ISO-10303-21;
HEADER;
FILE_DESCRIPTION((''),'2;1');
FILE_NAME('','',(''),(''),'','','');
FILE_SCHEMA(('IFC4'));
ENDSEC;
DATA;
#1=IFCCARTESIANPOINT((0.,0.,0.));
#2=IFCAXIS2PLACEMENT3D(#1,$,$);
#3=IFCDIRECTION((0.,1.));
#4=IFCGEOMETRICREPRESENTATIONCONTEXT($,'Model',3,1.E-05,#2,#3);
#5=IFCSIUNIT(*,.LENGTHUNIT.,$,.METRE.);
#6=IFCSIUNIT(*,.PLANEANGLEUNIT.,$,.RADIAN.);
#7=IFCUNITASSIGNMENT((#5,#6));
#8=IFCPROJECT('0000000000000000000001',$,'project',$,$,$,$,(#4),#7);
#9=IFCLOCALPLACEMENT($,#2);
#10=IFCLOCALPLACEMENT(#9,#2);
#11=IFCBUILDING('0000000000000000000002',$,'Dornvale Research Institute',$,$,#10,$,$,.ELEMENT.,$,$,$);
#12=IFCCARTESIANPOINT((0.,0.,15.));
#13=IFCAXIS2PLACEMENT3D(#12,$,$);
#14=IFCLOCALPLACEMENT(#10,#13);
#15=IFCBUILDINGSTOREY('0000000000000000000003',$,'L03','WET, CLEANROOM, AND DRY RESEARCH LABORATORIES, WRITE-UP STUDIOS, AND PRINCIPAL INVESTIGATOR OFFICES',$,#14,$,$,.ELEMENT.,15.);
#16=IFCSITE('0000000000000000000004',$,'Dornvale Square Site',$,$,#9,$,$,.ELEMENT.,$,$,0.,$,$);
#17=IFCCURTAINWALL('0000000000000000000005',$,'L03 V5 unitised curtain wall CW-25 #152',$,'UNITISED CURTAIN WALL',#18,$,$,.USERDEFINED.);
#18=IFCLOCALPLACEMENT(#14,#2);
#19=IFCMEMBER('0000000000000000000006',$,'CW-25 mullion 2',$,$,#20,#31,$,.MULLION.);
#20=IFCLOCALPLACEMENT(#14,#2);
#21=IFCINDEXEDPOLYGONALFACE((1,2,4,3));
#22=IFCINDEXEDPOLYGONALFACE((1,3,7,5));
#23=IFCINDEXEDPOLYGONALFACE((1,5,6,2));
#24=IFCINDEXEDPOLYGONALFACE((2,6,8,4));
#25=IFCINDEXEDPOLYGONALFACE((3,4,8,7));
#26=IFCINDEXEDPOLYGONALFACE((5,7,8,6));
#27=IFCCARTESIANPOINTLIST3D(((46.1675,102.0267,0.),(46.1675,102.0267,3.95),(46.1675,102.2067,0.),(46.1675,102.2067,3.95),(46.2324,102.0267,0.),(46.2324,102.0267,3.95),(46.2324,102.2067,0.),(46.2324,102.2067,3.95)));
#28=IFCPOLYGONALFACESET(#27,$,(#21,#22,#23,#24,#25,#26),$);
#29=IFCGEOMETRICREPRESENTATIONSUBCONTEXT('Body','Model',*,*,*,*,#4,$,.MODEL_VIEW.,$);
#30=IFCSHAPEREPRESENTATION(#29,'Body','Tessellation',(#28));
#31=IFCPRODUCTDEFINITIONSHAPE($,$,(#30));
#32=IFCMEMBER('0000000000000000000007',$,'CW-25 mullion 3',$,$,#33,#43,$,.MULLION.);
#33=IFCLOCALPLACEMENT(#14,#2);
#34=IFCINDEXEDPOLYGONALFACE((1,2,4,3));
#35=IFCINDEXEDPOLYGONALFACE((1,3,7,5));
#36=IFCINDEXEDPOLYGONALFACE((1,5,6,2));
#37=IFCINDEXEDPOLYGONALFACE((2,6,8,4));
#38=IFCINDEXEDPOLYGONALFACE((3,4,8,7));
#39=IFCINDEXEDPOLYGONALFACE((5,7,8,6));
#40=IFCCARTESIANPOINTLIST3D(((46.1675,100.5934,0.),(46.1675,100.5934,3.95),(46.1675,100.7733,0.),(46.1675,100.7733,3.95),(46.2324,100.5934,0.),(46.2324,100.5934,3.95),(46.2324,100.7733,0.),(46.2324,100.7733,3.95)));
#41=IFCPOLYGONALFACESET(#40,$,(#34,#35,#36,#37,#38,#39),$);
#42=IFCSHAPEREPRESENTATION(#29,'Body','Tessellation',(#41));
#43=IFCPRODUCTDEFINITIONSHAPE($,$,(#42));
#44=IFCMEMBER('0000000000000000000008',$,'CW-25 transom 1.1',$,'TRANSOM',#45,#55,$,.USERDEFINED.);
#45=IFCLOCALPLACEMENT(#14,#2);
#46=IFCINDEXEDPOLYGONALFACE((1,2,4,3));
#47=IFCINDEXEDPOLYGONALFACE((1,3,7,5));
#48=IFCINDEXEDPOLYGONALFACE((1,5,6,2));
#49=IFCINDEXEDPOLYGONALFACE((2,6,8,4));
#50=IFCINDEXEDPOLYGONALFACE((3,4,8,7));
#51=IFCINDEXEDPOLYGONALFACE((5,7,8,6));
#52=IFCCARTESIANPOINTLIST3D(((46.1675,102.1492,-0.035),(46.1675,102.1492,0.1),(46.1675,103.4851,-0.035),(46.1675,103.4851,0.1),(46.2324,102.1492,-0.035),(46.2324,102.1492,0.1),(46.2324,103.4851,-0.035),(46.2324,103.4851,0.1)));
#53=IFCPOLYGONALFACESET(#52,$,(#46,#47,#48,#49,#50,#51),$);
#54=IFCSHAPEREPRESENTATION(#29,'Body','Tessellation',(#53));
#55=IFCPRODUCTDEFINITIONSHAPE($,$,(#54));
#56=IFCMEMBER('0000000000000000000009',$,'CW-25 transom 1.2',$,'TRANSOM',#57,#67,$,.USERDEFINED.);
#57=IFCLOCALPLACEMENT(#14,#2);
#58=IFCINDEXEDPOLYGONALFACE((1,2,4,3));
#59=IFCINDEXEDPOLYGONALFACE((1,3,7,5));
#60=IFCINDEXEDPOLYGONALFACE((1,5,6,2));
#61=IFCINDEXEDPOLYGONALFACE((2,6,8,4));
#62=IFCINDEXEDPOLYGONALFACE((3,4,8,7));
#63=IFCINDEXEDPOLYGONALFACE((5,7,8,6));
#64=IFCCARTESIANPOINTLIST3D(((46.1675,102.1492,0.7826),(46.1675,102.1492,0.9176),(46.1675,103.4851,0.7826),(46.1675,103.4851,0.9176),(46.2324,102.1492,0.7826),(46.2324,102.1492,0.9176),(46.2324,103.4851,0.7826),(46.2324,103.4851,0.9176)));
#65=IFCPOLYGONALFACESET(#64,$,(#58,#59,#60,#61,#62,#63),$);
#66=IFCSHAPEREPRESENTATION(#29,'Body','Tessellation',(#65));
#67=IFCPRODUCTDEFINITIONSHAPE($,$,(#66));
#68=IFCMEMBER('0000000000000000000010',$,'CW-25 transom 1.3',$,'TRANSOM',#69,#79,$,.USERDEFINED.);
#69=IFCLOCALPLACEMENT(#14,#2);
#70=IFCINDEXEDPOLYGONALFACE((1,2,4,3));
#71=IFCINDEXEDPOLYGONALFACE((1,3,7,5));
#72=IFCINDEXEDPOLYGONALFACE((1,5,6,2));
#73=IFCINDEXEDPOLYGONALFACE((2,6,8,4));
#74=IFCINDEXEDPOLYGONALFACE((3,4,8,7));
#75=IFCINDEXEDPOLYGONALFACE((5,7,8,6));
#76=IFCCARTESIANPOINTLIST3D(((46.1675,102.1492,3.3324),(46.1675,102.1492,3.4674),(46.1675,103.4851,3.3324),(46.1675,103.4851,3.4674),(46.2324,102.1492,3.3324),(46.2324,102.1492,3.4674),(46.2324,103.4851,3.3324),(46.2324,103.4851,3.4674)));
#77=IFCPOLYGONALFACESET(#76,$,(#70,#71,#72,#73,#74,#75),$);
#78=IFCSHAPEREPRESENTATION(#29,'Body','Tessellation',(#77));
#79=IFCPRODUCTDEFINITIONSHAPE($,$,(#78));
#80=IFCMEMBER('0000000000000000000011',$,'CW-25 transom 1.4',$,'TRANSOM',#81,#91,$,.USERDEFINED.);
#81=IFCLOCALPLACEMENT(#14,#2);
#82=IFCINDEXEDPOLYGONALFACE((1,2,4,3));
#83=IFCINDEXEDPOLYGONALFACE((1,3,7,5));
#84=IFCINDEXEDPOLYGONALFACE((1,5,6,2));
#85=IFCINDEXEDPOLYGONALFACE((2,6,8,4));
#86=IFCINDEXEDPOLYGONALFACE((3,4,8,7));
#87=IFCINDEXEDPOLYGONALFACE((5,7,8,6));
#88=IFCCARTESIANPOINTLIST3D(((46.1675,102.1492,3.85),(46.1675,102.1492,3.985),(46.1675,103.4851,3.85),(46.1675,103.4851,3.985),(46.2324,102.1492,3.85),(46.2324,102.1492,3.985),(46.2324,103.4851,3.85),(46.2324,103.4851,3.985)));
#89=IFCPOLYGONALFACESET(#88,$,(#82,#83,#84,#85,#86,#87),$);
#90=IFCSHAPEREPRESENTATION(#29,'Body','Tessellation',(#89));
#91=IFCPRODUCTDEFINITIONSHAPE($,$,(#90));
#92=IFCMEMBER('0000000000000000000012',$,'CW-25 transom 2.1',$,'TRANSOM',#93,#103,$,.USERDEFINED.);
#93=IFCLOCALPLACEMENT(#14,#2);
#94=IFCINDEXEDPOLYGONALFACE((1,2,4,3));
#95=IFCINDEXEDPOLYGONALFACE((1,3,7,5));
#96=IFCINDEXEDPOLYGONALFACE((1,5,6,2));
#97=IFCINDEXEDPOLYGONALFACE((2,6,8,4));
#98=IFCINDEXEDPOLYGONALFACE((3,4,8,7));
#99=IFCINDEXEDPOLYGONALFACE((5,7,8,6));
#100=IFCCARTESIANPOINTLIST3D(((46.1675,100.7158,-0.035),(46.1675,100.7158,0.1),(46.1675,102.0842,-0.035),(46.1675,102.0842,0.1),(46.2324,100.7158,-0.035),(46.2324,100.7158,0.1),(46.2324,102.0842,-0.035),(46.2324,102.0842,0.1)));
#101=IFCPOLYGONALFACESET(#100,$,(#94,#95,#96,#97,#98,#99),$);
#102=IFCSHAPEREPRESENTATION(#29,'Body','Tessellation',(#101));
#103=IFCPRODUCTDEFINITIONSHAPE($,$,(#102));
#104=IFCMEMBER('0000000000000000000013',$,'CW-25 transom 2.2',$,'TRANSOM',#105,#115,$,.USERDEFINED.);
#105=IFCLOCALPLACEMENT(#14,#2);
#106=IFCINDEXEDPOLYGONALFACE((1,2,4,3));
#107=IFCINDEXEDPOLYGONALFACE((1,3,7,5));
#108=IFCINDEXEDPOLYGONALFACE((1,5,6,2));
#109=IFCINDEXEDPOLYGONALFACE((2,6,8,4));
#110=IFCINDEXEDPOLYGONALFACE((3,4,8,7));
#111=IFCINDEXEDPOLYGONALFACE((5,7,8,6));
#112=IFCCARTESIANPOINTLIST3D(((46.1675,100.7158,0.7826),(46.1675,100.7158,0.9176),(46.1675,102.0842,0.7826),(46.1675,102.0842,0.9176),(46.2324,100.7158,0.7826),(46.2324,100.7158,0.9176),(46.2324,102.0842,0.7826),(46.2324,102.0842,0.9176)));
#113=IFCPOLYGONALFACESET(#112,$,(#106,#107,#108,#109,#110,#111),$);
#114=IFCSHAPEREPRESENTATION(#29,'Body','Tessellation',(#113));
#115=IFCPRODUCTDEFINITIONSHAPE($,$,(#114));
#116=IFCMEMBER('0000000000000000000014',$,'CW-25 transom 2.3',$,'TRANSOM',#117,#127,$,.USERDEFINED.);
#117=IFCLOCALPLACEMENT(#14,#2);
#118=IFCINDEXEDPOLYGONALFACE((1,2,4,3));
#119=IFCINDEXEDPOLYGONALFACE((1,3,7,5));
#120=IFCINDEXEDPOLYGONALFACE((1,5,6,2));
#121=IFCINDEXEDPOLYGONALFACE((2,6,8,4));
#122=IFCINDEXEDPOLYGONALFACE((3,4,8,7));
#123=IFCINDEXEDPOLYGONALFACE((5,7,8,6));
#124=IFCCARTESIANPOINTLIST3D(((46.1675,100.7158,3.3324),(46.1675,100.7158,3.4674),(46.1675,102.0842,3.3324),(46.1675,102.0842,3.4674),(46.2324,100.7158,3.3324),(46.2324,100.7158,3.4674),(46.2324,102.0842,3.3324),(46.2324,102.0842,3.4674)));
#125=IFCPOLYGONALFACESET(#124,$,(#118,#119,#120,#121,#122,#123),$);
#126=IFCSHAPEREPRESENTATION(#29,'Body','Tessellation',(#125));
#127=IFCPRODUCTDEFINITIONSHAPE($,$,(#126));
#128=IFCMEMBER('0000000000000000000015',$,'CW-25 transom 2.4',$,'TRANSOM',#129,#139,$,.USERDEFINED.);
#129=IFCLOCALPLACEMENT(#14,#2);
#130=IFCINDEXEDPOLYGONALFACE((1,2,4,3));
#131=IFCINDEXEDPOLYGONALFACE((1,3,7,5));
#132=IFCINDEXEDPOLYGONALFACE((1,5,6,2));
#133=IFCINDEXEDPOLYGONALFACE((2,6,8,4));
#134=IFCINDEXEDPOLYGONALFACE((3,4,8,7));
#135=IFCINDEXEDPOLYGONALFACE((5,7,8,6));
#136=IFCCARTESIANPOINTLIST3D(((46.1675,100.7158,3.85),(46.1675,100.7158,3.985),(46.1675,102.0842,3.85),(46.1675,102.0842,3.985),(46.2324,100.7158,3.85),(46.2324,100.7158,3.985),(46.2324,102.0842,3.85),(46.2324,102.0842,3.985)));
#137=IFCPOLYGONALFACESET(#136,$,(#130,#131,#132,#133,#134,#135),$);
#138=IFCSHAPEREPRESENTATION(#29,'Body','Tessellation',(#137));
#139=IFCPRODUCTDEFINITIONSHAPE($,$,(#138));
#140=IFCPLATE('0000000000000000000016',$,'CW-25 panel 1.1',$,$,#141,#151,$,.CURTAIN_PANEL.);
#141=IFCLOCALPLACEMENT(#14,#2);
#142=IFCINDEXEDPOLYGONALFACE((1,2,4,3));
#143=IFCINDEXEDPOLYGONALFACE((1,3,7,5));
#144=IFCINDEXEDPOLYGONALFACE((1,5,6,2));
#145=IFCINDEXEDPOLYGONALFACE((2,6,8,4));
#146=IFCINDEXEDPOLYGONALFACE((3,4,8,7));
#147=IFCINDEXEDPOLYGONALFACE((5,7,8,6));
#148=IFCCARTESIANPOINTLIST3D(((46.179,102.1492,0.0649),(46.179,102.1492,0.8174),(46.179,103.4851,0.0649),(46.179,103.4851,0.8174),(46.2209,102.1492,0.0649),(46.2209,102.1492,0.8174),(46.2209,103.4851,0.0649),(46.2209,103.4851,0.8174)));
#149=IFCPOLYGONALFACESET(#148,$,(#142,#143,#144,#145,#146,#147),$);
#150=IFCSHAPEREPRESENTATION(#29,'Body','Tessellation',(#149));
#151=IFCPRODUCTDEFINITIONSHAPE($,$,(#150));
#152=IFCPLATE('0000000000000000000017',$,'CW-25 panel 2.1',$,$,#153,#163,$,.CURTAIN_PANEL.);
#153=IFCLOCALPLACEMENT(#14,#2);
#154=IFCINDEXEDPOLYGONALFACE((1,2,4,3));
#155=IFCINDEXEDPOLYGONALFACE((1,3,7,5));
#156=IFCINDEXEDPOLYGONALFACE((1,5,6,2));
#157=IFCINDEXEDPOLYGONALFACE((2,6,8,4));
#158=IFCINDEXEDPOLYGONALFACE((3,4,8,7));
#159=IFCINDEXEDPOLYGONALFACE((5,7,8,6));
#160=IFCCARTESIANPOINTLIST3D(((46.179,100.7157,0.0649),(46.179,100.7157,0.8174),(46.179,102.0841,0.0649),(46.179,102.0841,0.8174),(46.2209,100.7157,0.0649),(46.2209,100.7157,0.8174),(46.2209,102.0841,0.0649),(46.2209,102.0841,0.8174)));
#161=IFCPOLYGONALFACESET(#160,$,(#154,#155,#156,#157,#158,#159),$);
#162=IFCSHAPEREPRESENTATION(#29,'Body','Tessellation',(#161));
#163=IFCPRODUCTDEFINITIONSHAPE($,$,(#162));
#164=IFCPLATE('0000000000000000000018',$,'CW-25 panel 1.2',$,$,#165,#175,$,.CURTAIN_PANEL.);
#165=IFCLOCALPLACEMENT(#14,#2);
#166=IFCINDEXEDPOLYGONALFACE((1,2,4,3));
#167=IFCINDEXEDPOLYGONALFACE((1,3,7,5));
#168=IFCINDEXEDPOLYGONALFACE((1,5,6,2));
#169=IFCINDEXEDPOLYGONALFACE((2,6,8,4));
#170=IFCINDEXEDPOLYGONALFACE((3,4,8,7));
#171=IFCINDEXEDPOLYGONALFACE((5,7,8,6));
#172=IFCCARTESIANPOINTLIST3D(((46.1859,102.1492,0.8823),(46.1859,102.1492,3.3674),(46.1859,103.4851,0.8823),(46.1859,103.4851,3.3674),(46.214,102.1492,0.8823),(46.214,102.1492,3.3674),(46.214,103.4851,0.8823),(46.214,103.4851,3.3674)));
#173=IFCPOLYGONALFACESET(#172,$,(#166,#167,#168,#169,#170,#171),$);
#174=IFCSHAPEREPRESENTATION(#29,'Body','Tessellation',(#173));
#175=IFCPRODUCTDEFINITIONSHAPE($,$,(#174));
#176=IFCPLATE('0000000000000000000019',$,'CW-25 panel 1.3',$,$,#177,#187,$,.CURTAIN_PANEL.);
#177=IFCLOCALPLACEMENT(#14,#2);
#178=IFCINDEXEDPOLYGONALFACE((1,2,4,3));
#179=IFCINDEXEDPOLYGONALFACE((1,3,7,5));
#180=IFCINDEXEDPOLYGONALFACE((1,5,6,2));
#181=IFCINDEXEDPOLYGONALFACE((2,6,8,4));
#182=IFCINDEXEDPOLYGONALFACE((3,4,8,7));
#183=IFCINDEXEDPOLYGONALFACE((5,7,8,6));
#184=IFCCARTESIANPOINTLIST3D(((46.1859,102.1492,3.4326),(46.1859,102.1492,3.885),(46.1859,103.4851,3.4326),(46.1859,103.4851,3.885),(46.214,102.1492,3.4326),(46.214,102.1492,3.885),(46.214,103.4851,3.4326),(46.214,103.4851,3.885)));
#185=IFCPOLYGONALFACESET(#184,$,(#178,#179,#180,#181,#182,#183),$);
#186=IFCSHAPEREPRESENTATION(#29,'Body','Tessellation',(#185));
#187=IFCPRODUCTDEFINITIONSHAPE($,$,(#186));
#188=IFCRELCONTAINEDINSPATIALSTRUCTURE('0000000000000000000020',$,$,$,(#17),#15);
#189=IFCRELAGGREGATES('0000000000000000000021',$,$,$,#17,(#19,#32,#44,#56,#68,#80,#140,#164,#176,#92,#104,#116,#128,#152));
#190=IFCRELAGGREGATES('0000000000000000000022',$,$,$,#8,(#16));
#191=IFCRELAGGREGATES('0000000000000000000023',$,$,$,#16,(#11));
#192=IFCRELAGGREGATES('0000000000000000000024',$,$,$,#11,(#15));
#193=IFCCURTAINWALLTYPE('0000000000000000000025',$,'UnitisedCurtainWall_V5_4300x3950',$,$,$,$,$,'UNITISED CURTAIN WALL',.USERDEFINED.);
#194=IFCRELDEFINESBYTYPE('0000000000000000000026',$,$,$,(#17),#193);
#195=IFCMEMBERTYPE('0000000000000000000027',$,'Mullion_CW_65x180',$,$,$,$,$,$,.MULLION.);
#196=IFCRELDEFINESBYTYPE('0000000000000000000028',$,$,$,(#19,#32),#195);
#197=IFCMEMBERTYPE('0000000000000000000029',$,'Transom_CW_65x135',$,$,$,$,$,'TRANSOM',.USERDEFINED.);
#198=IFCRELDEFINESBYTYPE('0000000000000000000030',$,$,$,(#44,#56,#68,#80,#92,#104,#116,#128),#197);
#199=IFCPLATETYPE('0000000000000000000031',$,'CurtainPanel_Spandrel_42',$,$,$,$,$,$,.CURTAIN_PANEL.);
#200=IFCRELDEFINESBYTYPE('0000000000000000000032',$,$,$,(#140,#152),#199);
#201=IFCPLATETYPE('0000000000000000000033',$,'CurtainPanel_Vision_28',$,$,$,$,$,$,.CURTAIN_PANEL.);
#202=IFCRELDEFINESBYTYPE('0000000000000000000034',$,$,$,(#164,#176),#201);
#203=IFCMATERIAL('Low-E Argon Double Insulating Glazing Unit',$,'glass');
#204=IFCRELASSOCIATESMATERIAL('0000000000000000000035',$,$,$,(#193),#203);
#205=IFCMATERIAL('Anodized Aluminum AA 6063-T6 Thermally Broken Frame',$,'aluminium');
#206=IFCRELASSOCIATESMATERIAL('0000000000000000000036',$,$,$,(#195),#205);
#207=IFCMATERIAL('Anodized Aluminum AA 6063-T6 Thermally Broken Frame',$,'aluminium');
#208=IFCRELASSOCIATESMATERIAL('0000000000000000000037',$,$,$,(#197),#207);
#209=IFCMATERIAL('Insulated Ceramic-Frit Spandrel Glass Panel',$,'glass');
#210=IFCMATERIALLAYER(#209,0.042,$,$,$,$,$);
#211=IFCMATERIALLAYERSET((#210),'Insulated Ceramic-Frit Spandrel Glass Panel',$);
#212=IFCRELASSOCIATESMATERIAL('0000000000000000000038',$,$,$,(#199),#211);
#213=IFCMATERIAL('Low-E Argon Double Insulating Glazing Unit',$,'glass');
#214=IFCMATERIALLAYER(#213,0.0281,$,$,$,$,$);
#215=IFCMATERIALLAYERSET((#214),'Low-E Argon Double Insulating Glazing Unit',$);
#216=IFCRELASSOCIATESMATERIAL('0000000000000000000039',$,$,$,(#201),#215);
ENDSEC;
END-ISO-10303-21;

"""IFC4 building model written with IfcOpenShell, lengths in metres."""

from ifc_helpers import new_model, si_unit, direction, frame, origin, origin_2d, place, context, subcontext, project, spatial, rectangle, extrude, material, layer, layer_set, material_profile, profile_set, type_object, element, aggregate, save


model = new_model("IFC4")

# Units and contexts
model_context = context("Model", 3, precision=1e-05, world=origin(), true_north=direction((0.0, 1.0)))
body_context = subcontext(model_context, "Body", "Model", "MODEL_VIEW")
ifc_project = project(units=[si_unit("LENGTHUNIT", "METRE"), si_unit("PLANEANGLEUNIT", "RADIAN")], contexts=[model_context])

# Site, building, storey
site_placement = place(None, origin())
site = spatial("IfcSite", under=ifc_project, at=site_placement, Name="Dornvale Square Site", CompositionType="ELEMENT", RefElevation=0.0)
building_placement = place(site_placement, origin())
building = spatial("IfcBuilding", under=site, at=building_placement, Name="Dornvale Research Institute", CompositionType="ELEMENT")
storey_placement = place(building_placement, frame((0.0, 0.0, 15.0)))
storey = spatial("IfcBuildingStorey", under=building, at=storey_placement, Name="L03", Description="WET, CLEANROOM, AND DRY RESEARCH LABORATORIES, WRITE-UP STUDIOS, AND PRINCIPAL INVESTIGATOR OFFICES", CompositionType="ELEMENT", Elevation=15.0)

# Curtain wall, members, plates
ifc_material_1 = material(Name="Low-E Argon Double Insulating Glazing Unit", Category="glass")
curtain_wall_type = type_object("IfcCurtainWallType", Name="UnitisedCurtainWall_V5_4300x3950", ElementType="UNITISED CURTAIN WALL", PredefinedType="USERDEFINED", material=ifc_material_1)
curtain_wall_placement = place(storey_placement, origin())
curtain_wall = element("IfcCurtainWall", 1, at=curtain_wall_placement, inside=storey, type_object=curtain_wall_type, Name="L03 V5 unitised curtain wall CW-25 #152", ObjectType="UNITISED CURTAIN WALL", PredefinedType="USERDEFINED")
ifc_material_2 = material(Name="Anodized Aluminum AA 6063-T6 Thermally Broken Frame", Category="aluminium")
ifc_material_profile_1 = material_profile(ifc_material_2, rectangle(XDim=0.0649, YDim=0.1799, at=origin_2d()), Name="ALU MULLION 65x180")
ifc_profile_set_1 = profile_set([ifc_material_profile_1], Name="Anodized Aluminum AA 6063-T6 Thermally Broken Frame")
member_type_1 = type_object("IfcMemberType", Name="Mullion_CW_65x180", PredefinedType="MULLION", material=ifc_profile_set_1)
member_1_placement = place(storey_placement, frame((46.2, 102.1167, 0.0), z_axis=(0.0, 0.0, 1.0), x_axis=(1.0, 0.0, 0.0)))
member_1 = element("IfcMember", 2, at=member_1_placement, type_object=member_type_1, Name="CW-25 mullion 2", PredefinedType="MULLION", context=body_context, shape_type="SweptSolid", body=[
    extrude(rectangle(XDim=0.0649, YDim=0.1799, at=origin_2d()), origin(), (0.0, 0.0, 1.0), 3.95),
])
member_2_placement = place(storey_placement, frame((46.2, 100.6833, 0.0), z_axis=(0.0, 0.0, 1.0), x_axis=(1.0, 0.0, 0.0)))
member_2 = element("IfcMember", 3, at=member_2_placement, type_object=member_type_1, Name="CW-25 mullion 3", PredefinedType="MULLION", context=body_context, shape_type="SweptSolid", body=[
    extrude(rectangle(XDim=0.0649, YDim=0.1799, at=origin_2d()), origin(), (0.0, 0.0, 1.0), 3.95),
])
ifc_material_3 = material(Name="Anodized Aluminum AA 6063-T6 Thermally Broken Frame", Category="aluminium")
ifc_material_profile_2 = material_profile(ifc_material_3, rectangle(XDim=0.0649, YDim=0.135, at=origin_2d()), Name="ALU TRANSOM 65x135")
ifc_profile_set_2 = profile_set([ifc_material_profile_2], Name="Anodized Aluminum AA 6063-T6 Thermally Broken Frame")
member_type_2 = type_object("IfcMemberType", Name="Transom_CW_65x135", ElementType="TRANSOM", PredefinedType="USERDEFINED", material=ifc_profile_set_2)
member_3_placement = place(storey_placement, frame((46.2, 103.4851, 0.0325), z_axis=(0.0, -1.0, 0.0), x_axis=(1.0, 0.0, 0.0)))
member_3 = element("IfcMember", 4, at=member_3_placement, type_object=member_type_2, Name="CW-25 transom 1.1", ObjectType="TRANSOM", PredefinedType="USERDEFINED", context=body_context, shape_type="SweptSolid", body=[
    extrude(rectangle(XDim=0.0649, YDim=0.135, at=origin_2d()), origin(), (0.0, 0.0, 1.0), 1.3359),
])
member_4_placement = place(storey_placement, frame((46.2, 103.4851, 0.8501), z_axis=(0.0, -1.0, 0.0), x_axis=(1.0, 0.0, 0.0)))
member_4 = element("IfcMember", 5, at=member_4_placement, type_object=member_type_2, Name="CW-25 transom 1.2", ObjectType="TRANSOM", PredefinedType="USERDEFINED", context=body_context, shape_type="SweptSolid", body=[
    extrude(rectangle(XDim=0.0649, YDim=0.135, at=origin_2d()), origin(), (0.0, 0.0, 1.0), 1.3359),
])
member_5_placement = place(storey_placement, frame((46.2, 103.4851, 3.3999), z_axis=(0.0, -1.0, 0.0), x_axis=(1.0, 0.0, 0.0)))
member_5 = element("IfcMember", 6, at=member_5_placement, type_object=member_type_2, Name="CW-25 transom 1.3", ObjectType="TRANSOM", PredefinedType="USERDEFINED", context=body_context, shape_type="SweptSolid", body=[
    extrude(rectangle(XDim=0.0649, YDim=0.135, at=origin_2d()), origin(), (0.0, 0.0, 1.0), 1.3359),
])
member_6_placement = place(storey_placement, frame((46.2, 103.4851, 3.9175), z_axis=(0.0, -1.0, 0.0), x_axis=(1.0, 0.0, 0.0)))
member_6 = element("IfcMember", 7, at=member_6_placement, type_object=member_type_2, Name="CW-25 transom 1.4", ObjectType="TRANSOM", PredefinedType="USERDEFINED", context=body_context, shape_type="SweptSolid", body=[
    extrude(rectangle(XDim=0.0649, YDim=0.135, at=origin_2d()), origin(), (0.0, 0.0, 1.0), 1.3359),
])
member_7_placement = place(storey_placement, frame((46.2, 102.0842, 0.0325), z_axis=(0.0, -1.0, 0.0), x_axis=(1.0, 0.0, 0.0)))
member_7 = element("IfcMember", 8, at=member_7_placement, type_object=member_type_2, Name="CW-25 transom 2.1", ObjectType="TRANSOM", PredefinedType="USERDEFINED", context=body_context, shape_type="SweptSolid", body=[
    extrude(rectangle(XDim=0.0649, YDim=0.135, at=origin_2d()), origin(), (0.0, 0.0, 1.0), 1.3684),
])
member_8_placement = place(storey_placement, frame((46.2, 102.0842, 0.8501), z_axis=(0.0, -1.0, 0.0), x_axis=(1.0, 0.0, 0.0)))
member_8 = element("IfcMember", 9, at=member_8_placement, type_object=member_type_2, Name="CW-25 transom 2.2", ObjectType="TRANSOM", PredefinedType="USERDEFINED", context=body_context, shape_type="SweptSolid", body=[
    extrude(rectangle(XDim=0.0649, YDim=0.135, at=origin_2d()), origin(), (0.0, 0.0, 1.0), 1.3684),
])
member_9_placement = place(storey_placement, frame((46.2, 102.0842, 3.3999), z_axis=(0.0, -1.0, 0.0), x_axis=(1.0, 0.0, 0.0)))
member_9 = element("IfcMember", 10, at=member_9_placement, type_object=member_type_2, Name="CW-25 transom 2.3", ObjectType="TRANSOM", PredefinedType="USERDEFINED", context=body_context, shape_type="SweptSolid", body=[
    extrude(rectangle(XDim=0.0649, YDim=0.135, at=origin_2d()), origin(), (0.0, 0.0, 1.0), 1.3684),
])
member_10_placement = place(storey_placement, frame((46.2, 102.0842, 3.9175), z_axis=(0.0, -1.0, 0.0), x_axis=(1.0, 0.0, 0.0)))
member_10 = element("IfcMember", 11, at=member_10_placement, type_object=member_type_2, Name="CW-25 transom 2.4", ObjectType="TRANSOM", PredefinedType="USERDEFINED", context=body_context, shape_type="SweptSolid", body=[
    extrude(rectangle(XDim=0.0649, YDim=0.135, at=origin_2d()), origin(), (0.0, 0.0, 1.0), 1.3684),
])
ifc_material_4 = material(Name="Insulated Ceramic-Frit Spandrel Glass Panel", Category="glass")
ifc_layer_1 = layer(ifc_material_4, 0.042)
ifc_layer_set_1 = layer_set([ifc_layer_1], Name="Insulated Ceramic-Frit Spandrel Glass Panel")
plate_type_1 = type_object("IfcPlateType", Name="CurtainPanel_Spandrel_42", PredefinedType="CURTAIN_PANEL", material=ifc_layer_set_1)
plate_1_placement = place(storey_placement, frame((46.2, 102.8171, 0.0649), z_axis=(0.0, 0.0, 1.0), x_axis=(0.0, -1.0, 0.0)))
plate_1 = element("IfcPlate", 12, at=plate_1_placement, type_object=plate_type_1, Name="CW-25 panel 1.1", PredefinedType="CURTAIN_PANEL", context=body_context, shape_type="SweptSolid", body=[
    extrude(rectangle(XDim=1.3359, YDim=0.042, at=origin_2d()), origin(), (0.0, 0.0, 1.0), 0.7524),
])
plate_2_placement = place(storey_placement, frame((46.2, 101.3999, 0.0649), z_axis=(0.0, 0.0, 1.0), x_axis=(0.0, -1.0, 0.0)))
plate_2 = element("IfcPlate", 13, at=plate_2_placement, type_object=plate_type_1, Name="CW-25 panel 2.1", PredefinedType="CURTAIN_PANEL", context=body_context, shape_type="SweptSolid", body=[
    extrude(rectangle(XDim=1.3684, YDim=0.042, at=origin_2d()), origin(), (0.0, 0.0, 1.0), 0.7524),
])
ifc_material_5 = material(Name="Low-E Argon Double Insulating Glazing Unit", Category="glass")
ifc_layer_2 = layer(ifc_material_5, 0.0281)
ifc_layer_set_2 = layer_set([ifc_layer_2], Name="Low-E Argon Double Insulating Glazing Unit")
plate_type_2 = type_object("IfcPlateType", Name="CurtainPanel_Vision_28", PredefinedType="CURTAIN_PANEL", material=ifc_layer_set_2)
plate_3_placement = place(storey_placement, frame((46.2, 102.8171, 0.8823), z_axis=(0.0, 0.0, 1.0), x_axis=(0.0, -1.0, 0.0)))
plate_3 = element("IfcPlate", 14, at=plate_3_placement, type_object=plate_type_2, Name="CW-25 panel 1.2", PredefinedType="CURTAIN_PANEL", context=body_context, shape_type="SweptSolid", body=[
    extrude(rectangle(XDim=1.3359, YDim=0.0281, at=origin_2d()), origin(), (0.0, 0.0, 1.0), 2.4851),
])
plate_4_placement = place(storey_placement, frame((46.2, 102.8171, 3.4326), z_axis=(0.0, 0.0, 1.0), x_axis=(0.0, -1.0, 0.0)))
plate_4 = element("IfcPlate", 15, at=plate_4_placement, type_object=plate_type_2, Name="CW-25 panel 1.3", PredefinedType="CURTAIN_PANEL", context=body_context, shape_type="SweptSolid", body=[
    extrude(rectangle(XDim=1.3359, YDim=0.0281, at=origin_2d()), origin(), (0.0, 0.0, 1.0), 0.4524),
])
aggregate(curtain_wall, [member_1, member_2, member_3, member_4, member_5, member_6, plate_1, plate_3, plate_4, member_7, member_8, member_9, member_10, plate_2])

save(model, "model.ifc")
